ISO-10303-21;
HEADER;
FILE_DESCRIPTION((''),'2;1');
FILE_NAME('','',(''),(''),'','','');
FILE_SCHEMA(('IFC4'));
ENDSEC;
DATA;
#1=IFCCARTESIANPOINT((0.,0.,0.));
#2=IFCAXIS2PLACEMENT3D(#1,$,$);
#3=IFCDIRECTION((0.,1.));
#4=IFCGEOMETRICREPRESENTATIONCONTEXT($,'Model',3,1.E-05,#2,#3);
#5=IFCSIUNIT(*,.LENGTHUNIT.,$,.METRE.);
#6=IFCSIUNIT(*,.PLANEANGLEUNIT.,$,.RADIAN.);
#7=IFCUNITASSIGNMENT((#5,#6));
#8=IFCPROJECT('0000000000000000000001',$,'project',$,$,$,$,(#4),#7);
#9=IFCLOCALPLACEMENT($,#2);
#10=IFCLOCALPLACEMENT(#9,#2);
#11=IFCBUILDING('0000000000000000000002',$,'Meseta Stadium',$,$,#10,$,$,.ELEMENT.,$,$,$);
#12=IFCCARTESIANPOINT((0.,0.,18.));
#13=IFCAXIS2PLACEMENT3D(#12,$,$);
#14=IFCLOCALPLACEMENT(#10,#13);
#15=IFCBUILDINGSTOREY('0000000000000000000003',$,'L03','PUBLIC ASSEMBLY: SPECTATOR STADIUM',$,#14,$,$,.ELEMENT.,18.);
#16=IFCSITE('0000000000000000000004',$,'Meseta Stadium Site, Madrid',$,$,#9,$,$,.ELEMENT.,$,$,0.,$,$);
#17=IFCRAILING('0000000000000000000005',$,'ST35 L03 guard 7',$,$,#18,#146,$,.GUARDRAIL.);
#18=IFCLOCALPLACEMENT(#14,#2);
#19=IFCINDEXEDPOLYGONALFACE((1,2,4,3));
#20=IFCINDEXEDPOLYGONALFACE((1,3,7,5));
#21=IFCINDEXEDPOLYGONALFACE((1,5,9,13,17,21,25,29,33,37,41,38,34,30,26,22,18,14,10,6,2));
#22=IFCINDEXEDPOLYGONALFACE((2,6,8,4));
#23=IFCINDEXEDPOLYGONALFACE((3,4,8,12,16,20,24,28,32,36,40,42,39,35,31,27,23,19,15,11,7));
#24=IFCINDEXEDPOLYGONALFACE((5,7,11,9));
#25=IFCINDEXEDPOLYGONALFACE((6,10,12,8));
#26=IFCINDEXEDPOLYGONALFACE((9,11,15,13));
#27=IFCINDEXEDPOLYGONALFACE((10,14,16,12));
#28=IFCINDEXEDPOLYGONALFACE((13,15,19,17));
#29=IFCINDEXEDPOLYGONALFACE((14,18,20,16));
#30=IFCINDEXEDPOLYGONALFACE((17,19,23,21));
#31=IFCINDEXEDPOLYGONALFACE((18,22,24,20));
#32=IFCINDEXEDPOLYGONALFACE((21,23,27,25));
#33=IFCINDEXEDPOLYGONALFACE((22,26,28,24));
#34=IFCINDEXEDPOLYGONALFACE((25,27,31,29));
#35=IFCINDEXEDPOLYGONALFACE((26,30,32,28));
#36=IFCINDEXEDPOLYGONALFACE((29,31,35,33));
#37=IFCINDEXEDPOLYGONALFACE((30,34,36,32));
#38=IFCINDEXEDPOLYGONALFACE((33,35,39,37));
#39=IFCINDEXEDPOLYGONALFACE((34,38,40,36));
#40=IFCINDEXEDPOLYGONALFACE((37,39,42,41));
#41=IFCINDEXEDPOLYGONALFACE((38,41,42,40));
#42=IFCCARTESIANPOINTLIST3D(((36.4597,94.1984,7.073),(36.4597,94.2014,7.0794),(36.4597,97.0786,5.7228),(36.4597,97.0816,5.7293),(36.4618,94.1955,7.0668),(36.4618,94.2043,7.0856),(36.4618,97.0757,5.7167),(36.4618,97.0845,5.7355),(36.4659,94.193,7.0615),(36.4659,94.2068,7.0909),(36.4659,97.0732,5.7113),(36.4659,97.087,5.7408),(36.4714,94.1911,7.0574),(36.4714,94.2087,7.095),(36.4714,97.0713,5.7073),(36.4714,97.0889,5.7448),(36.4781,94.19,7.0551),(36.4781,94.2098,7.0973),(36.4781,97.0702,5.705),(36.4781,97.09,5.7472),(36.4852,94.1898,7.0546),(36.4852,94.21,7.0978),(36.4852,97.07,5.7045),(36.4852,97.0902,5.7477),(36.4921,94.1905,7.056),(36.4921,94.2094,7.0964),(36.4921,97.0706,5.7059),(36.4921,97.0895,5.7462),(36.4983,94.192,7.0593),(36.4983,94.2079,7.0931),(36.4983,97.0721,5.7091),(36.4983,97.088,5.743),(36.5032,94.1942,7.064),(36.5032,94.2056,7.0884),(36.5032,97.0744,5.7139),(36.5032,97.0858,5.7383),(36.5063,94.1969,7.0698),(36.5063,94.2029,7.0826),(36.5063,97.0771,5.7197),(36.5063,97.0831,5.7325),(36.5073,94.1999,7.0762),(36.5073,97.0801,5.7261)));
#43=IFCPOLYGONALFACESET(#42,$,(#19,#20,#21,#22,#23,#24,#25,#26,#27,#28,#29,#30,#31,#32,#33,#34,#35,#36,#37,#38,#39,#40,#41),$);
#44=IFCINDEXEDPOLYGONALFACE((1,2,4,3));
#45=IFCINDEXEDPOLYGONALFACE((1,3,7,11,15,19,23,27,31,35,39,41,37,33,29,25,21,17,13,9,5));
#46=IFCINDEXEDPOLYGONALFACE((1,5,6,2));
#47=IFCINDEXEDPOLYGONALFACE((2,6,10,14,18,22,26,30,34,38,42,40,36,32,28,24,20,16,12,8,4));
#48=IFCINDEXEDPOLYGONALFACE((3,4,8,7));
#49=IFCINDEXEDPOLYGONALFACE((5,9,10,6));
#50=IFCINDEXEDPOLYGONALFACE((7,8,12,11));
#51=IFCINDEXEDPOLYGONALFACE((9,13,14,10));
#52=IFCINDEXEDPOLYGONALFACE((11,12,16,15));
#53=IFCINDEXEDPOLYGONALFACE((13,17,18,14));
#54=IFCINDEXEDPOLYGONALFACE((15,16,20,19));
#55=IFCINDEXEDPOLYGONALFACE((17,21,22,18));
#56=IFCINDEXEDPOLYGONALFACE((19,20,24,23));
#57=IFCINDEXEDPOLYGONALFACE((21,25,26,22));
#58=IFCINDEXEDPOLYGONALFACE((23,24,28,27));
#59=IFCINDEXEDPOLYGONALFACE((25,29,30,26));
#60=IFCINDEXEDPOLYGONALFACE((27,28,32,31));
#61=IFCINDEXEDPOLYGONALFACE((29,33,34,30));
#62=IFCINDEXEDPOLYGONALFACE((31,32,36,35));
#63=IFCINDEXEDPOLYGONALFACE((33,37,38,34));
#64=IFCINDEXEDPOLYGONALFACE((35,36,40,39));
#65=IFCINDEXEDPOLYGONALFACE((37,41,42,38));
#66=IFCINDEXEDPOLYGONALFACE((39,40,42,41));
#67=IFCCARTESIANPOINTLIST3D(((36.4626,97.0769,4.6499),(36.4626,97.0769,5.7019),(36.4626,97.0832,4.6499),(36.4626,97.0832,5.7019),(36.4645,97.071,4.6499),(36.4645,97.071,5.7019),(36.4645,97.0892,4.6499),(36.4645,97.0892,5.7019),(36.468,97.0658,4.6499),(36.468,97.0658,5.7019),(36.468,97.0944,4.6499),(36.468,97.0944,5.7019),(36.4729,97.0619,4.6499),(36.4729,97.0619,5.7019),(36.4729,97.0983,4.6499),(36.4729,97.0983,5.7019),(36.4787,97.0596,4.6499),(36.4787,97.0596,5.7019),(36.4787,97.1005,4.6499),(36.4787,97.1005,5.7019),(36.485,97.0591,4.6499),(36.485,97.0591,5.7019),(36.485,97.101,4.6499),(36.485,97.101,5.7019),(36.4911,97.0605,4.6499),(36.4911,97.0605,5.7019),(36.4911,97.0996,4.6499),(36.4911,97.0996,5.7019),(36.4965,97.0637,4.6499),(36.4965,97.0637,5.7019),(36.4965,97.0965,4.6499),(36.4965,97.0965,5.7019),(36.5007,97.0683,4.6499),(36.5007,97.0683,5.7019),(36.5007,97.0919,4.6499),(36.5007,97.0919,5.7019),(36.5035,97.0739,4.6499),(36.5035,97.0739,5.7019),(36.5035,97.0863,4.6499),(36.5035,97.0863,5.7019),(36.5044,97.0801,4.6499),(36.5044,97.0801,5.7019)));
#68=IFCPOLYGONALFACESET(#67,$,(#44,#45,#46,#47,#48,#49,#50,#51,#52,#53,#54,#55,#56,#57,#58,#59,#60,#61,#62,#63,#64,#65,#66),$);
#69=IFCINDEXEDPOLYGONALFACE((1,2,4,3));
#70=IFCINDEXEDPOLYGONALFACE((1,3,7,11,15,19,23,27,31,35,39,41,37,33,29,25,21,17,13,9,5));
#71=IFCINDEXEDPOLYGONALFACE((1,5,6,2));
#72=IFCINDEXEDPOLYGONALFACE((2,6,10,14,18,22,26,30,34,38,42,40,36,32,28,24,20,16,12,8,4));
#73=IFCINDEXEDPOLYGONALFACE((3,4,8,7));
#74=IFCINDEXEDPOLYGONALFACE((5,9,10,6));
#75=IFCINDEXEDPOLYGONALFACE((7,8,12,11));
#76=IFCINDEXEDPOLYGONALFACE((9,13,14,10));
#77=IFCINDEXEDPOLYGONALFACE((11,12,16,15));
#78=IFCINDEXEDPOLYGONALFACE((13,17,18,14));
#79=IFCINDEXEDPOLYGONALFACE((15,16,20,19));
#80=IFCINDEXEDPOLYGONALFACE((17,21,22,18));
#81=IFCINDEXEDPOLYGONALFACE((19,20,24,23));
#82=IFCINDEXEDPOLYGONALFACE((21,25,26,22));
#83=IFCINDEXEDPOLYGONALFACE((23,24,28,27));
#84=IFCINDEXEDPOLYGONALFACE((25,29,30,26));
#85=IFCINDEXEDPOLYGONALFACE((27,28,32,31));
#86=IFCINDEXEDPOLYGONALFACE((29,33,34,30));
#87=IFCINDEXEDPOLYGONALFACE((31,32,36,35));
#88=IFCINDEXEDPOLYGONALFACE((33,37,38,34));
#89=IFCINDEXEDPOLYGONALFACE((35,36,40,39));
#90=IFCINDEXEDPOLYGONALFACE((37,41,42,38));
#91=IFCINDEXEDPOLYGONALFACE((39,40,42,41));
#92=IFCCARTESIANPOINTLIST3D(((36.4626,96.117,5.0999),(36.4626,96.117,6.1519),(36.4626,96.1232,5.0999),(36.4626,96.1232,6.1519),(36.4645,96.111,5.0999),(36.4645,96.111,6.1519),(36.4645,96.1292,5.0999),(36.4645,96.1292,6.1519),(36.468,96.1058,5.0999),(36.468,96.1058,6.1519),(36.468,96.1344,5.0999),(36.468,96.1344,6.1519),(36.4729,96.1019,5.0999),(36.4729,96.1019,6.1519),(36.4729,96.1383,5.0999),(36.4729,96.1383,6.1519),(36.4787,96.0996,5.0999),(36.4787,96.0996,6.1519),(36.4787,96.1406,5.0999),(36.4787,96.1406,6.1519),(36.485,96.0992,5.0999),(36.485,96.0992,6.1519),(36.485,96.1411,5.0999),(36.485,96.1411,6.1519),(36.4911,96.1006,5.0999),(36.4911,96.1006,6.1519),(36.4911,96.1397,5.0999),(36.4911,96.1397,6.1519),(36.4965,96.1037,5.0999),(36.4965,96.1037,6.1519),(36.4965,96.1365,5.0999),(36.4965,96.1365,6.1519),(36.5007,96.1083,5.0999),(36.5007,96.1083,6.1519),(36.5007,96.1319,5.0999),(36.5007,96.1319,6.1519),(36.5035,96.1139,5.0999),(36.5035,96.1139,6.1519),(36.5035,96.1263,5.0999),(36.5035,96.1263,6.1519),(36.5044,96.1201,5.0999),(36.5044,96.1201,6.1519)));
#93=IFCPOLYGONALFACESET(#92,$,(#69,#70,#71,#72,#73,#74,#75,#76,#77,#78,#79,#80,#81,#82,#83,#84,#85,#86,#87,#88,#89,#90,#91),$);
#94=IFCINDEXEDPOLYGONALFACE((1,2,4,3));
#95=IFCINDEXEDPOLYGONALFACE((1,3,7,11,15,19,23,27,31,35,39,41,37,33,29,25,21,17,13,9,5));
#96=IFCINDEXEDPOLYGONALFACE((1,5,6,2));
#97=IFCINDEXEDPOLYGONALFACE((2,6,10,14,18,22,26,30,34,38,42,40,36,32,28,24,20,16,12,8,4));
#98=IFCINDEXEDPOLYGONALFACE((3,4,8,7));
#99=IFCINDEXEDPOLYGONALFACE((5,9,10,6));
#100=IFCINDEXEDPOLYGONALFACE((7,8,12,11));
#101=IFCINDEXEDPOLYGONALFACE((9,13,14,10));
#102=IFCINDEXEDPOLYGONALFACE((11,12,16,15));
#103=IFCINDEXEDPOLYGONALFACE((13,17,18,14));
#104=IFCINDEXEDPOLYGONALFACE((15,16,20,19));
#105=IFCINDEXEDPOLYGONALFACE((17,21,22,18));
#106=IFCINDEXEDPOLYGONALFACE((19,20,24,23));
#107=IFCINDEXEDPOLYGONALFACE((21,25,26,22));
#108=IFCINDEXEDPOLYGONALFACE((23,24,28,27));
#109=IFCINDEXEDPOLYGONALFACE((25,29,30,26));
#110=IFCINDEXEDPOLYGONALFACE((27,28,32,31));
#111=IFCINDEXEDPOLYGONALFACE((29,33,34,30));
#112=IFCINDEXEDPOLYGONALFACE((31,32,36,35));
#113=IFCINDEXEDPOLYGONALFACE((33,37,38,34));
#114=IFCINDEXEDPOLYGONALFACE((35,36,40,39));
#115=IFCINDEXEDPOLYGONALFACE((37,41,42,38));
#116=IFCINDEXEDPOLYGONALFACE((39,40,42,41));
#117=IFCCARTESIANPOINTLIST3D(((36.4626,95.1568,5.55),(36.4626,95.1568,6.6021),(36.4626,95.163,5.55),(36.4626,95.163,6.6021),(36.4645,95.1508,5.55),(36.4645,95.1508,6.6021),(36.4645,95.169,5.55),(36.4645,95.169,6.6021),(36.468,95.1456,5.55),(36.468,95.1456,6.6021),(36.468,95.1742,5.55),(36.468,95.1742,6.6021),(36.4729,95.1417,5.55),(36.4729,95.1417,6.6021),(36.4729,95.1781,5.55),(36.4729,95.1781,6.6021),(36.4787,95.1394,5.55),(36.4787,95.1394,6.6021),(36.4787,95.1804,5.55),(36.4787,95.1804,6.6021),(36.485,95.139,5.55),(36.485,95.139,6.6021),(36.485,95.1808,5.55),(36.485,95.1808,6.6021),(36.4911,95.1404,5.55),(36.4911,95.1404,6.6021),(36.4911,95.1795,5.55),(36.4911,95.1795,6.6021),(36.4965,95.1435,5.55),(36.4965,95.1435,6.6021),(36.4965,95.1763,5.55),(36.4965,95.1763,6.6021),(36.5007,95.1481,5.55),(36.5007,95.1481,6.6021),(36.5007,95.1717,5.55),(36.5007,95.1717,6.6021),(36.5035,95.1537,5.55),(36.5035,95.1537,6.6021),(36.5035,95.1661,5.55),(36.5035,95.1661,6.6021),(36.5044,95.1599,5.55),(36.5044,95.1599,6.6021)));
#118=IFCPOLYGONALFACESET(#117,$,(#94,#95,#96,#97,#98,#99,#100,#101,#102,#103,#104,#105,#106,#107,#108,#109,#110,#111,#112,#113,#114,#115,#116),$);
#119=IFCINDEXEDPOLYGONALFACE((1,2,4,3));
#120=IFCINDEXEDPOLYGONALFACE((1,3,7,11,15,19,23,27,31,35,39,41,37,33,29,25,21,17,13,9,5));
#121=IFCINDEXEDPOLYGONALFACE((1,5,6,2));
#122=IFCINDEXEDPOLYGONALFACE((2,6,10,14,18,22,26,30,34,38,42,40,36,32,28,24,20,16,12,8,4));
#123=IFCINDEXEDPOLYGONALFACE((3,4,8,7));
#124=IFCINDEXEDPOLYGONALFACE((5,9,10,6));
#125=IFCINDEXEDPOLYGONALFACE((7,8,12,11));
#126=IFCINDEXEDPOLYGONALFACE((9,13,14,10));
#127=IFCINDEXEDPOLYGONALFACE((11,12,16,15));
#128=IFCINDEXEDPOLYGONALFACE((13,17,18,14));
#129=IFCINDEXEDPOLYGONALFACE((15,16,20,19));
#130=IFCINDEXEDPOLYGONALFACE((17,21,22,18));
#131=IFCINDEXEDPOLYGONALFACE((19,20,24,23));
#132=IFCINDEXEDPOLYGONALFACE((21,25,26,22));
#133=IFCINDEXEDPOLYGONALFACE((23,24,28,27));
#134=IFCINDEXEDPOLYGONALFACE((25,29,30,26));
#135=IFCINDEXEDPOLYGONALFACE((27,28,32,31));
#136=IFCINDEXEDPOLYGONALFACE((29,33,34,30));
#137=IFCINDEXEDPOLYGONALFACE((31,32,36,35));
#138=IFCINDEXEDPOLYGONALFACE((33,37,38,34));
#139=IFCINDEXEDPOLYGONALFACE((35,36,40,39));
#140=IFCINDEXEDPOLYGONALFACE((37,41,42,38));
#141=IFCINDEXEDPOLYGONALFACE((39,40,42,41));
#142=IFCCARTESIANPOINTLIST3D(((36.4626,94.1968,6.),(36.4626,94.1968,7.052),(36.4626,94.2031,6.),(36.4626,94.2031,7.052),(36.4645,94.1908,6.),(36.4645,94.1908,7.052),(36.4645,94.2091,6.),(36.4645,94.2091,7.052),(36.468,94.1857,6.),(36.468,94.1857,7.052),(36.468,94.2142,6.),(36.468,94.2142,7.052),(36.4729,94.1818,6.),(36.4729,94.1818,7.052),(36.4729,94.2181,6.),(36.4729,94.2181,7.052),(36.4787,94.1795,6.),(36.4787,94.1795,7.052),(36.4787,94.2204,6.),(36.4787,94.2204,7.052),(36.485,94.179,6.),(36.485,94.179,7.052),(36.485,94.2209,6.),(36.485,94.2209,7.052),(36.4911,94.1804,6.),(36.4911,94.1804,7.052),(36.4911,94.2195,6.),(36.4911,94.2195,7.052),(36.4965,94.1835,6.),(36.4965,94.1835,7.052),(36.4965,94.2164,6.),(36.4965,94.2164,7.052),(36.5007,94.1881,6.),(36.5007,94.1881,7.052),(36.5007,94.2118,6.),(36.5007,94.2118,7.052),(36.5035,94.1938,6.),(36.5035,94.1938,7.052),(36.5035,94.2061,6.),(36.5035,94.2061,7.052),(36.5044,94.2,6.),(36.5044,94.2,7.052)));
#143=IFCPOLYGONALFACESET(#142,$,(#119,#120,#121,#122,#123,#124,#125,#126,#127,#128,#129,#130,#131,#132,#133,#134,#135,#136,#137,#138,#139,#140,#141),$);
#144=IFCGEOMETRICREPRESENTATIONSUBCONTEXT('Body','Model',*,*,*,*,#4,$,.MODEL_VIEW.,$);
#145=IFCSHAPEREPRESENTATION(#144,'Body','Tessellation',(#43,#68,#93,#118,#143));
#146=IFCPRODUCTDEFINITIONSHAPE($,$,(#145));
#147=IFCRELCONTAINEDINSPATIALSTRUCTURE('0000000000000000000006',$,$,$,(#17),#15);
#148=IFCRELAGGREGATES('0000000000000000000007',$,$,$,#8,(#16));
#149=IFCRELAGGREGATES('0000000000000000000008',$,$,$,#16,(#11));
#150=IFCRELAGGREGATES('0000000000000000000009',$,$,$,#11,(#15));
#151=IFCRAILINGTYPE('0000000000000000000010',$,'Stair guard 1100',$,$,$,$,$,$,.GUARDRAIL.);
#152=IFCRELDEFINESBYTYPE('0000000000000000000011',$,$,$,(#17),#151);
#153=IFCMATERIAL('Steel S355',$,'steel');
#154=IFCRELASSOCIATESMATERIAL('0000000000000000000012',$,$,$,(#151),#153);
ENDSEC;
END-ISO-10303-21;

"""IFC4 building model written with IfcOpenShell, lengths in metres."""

from ifc_helpers import new_model, si_unit, direction, frame, origin, origin_2d, place, context, subcontext, project, spatial, circle, extrude, material, type_object, element, save


model = new_model("IFC4")

# Units and contexts
model_context = context("Model", 3, precision=1e-05, world=origin(), true_north=direction((0.0, 1.0)))
body_context = subcontext(model_context, "Body", "Model", "MODEL_VIEW")
ifc_project = project(units=[si_unit("LENGTHUNIT", "METRE"), si_unit("PLANEANGLEUNIT", "RADIAN")], contexts=[model_context])

# Site, building, storey
site_placement = place(None, origin())
site = spatial("IfcSite", under=ifc_project, at=site_placement, Name="Meseta Stadium Site, Madrid", CompositionType="ELEMENT", RefElevation=0.0)
building_placement = place(site_placement, origin())
building = spatial("IfcBuilding", under=site, at=building_placement, Name="Meseta Stadium", CompositionType="ELEMENT")
storey_placement = place(building_placement, frame((0.0, 0.0, 18.0)))
storey = spatial("IfcBuildingStorey", under=building, at=storey_placement, Name="L03", Description="PUBLIC ASSEMBLY: SPECTATOR STADIUM", CompositionType="ELEMENT", Elevation=18.0)

# Railing
ifc_material_1 = material(Name="Steel S355", Category="steel")
railing_type_1 = type_object("IfcRailingType", Name="Stair guard 1100", PredefinedType="GUARDRAIL", material=ifc_material_1)
for number, where, name in (
    (1, (36.4834, 97.0801, 4.6499), "ST35 L03 guard 7"),
):
    element("IfcRailing", number, at=place(storey_placement, frame(where)), inside=storey, type_object=railing_type_1, Name=name, PredefinedType="GUARDRAIL", context=body_context, shape_type="SweptSolid", body=[
        extrude(circle(Radius=0.0239, at=origin_2d()), frame((0.0, 0.0, 1.0762), z_axis=(0.0, -0.905454, 0.424444), x_axis=(1.0, 0.0, 0.0)), (0.0, 0.0, 1.0), 3.1809),
        extrude(circle(Radius=0.021, at=origin_2d()), origin(), (0.0, 0.0, 1.0), 1.052),
        extrude(circle(Radius=0.021, at=origin_2d()), frame((0.0, -0.96, 0.45)), (0.0, 0.0, 1.0), 1.052),
        extrude(circle(Radius=0.021, at=origin_2d()), frame((0.0, -1.9202, 0.9001)), (0.0, 0.0, 1.0), 1.052),
        extrude(circle(Radius=0.021, at=origin_2d()), frame((0.0, -2.8801, 1.3501)), (0.0, 0.0, 1.0), 1.052),
    ])

save(model, "model.ifc")
